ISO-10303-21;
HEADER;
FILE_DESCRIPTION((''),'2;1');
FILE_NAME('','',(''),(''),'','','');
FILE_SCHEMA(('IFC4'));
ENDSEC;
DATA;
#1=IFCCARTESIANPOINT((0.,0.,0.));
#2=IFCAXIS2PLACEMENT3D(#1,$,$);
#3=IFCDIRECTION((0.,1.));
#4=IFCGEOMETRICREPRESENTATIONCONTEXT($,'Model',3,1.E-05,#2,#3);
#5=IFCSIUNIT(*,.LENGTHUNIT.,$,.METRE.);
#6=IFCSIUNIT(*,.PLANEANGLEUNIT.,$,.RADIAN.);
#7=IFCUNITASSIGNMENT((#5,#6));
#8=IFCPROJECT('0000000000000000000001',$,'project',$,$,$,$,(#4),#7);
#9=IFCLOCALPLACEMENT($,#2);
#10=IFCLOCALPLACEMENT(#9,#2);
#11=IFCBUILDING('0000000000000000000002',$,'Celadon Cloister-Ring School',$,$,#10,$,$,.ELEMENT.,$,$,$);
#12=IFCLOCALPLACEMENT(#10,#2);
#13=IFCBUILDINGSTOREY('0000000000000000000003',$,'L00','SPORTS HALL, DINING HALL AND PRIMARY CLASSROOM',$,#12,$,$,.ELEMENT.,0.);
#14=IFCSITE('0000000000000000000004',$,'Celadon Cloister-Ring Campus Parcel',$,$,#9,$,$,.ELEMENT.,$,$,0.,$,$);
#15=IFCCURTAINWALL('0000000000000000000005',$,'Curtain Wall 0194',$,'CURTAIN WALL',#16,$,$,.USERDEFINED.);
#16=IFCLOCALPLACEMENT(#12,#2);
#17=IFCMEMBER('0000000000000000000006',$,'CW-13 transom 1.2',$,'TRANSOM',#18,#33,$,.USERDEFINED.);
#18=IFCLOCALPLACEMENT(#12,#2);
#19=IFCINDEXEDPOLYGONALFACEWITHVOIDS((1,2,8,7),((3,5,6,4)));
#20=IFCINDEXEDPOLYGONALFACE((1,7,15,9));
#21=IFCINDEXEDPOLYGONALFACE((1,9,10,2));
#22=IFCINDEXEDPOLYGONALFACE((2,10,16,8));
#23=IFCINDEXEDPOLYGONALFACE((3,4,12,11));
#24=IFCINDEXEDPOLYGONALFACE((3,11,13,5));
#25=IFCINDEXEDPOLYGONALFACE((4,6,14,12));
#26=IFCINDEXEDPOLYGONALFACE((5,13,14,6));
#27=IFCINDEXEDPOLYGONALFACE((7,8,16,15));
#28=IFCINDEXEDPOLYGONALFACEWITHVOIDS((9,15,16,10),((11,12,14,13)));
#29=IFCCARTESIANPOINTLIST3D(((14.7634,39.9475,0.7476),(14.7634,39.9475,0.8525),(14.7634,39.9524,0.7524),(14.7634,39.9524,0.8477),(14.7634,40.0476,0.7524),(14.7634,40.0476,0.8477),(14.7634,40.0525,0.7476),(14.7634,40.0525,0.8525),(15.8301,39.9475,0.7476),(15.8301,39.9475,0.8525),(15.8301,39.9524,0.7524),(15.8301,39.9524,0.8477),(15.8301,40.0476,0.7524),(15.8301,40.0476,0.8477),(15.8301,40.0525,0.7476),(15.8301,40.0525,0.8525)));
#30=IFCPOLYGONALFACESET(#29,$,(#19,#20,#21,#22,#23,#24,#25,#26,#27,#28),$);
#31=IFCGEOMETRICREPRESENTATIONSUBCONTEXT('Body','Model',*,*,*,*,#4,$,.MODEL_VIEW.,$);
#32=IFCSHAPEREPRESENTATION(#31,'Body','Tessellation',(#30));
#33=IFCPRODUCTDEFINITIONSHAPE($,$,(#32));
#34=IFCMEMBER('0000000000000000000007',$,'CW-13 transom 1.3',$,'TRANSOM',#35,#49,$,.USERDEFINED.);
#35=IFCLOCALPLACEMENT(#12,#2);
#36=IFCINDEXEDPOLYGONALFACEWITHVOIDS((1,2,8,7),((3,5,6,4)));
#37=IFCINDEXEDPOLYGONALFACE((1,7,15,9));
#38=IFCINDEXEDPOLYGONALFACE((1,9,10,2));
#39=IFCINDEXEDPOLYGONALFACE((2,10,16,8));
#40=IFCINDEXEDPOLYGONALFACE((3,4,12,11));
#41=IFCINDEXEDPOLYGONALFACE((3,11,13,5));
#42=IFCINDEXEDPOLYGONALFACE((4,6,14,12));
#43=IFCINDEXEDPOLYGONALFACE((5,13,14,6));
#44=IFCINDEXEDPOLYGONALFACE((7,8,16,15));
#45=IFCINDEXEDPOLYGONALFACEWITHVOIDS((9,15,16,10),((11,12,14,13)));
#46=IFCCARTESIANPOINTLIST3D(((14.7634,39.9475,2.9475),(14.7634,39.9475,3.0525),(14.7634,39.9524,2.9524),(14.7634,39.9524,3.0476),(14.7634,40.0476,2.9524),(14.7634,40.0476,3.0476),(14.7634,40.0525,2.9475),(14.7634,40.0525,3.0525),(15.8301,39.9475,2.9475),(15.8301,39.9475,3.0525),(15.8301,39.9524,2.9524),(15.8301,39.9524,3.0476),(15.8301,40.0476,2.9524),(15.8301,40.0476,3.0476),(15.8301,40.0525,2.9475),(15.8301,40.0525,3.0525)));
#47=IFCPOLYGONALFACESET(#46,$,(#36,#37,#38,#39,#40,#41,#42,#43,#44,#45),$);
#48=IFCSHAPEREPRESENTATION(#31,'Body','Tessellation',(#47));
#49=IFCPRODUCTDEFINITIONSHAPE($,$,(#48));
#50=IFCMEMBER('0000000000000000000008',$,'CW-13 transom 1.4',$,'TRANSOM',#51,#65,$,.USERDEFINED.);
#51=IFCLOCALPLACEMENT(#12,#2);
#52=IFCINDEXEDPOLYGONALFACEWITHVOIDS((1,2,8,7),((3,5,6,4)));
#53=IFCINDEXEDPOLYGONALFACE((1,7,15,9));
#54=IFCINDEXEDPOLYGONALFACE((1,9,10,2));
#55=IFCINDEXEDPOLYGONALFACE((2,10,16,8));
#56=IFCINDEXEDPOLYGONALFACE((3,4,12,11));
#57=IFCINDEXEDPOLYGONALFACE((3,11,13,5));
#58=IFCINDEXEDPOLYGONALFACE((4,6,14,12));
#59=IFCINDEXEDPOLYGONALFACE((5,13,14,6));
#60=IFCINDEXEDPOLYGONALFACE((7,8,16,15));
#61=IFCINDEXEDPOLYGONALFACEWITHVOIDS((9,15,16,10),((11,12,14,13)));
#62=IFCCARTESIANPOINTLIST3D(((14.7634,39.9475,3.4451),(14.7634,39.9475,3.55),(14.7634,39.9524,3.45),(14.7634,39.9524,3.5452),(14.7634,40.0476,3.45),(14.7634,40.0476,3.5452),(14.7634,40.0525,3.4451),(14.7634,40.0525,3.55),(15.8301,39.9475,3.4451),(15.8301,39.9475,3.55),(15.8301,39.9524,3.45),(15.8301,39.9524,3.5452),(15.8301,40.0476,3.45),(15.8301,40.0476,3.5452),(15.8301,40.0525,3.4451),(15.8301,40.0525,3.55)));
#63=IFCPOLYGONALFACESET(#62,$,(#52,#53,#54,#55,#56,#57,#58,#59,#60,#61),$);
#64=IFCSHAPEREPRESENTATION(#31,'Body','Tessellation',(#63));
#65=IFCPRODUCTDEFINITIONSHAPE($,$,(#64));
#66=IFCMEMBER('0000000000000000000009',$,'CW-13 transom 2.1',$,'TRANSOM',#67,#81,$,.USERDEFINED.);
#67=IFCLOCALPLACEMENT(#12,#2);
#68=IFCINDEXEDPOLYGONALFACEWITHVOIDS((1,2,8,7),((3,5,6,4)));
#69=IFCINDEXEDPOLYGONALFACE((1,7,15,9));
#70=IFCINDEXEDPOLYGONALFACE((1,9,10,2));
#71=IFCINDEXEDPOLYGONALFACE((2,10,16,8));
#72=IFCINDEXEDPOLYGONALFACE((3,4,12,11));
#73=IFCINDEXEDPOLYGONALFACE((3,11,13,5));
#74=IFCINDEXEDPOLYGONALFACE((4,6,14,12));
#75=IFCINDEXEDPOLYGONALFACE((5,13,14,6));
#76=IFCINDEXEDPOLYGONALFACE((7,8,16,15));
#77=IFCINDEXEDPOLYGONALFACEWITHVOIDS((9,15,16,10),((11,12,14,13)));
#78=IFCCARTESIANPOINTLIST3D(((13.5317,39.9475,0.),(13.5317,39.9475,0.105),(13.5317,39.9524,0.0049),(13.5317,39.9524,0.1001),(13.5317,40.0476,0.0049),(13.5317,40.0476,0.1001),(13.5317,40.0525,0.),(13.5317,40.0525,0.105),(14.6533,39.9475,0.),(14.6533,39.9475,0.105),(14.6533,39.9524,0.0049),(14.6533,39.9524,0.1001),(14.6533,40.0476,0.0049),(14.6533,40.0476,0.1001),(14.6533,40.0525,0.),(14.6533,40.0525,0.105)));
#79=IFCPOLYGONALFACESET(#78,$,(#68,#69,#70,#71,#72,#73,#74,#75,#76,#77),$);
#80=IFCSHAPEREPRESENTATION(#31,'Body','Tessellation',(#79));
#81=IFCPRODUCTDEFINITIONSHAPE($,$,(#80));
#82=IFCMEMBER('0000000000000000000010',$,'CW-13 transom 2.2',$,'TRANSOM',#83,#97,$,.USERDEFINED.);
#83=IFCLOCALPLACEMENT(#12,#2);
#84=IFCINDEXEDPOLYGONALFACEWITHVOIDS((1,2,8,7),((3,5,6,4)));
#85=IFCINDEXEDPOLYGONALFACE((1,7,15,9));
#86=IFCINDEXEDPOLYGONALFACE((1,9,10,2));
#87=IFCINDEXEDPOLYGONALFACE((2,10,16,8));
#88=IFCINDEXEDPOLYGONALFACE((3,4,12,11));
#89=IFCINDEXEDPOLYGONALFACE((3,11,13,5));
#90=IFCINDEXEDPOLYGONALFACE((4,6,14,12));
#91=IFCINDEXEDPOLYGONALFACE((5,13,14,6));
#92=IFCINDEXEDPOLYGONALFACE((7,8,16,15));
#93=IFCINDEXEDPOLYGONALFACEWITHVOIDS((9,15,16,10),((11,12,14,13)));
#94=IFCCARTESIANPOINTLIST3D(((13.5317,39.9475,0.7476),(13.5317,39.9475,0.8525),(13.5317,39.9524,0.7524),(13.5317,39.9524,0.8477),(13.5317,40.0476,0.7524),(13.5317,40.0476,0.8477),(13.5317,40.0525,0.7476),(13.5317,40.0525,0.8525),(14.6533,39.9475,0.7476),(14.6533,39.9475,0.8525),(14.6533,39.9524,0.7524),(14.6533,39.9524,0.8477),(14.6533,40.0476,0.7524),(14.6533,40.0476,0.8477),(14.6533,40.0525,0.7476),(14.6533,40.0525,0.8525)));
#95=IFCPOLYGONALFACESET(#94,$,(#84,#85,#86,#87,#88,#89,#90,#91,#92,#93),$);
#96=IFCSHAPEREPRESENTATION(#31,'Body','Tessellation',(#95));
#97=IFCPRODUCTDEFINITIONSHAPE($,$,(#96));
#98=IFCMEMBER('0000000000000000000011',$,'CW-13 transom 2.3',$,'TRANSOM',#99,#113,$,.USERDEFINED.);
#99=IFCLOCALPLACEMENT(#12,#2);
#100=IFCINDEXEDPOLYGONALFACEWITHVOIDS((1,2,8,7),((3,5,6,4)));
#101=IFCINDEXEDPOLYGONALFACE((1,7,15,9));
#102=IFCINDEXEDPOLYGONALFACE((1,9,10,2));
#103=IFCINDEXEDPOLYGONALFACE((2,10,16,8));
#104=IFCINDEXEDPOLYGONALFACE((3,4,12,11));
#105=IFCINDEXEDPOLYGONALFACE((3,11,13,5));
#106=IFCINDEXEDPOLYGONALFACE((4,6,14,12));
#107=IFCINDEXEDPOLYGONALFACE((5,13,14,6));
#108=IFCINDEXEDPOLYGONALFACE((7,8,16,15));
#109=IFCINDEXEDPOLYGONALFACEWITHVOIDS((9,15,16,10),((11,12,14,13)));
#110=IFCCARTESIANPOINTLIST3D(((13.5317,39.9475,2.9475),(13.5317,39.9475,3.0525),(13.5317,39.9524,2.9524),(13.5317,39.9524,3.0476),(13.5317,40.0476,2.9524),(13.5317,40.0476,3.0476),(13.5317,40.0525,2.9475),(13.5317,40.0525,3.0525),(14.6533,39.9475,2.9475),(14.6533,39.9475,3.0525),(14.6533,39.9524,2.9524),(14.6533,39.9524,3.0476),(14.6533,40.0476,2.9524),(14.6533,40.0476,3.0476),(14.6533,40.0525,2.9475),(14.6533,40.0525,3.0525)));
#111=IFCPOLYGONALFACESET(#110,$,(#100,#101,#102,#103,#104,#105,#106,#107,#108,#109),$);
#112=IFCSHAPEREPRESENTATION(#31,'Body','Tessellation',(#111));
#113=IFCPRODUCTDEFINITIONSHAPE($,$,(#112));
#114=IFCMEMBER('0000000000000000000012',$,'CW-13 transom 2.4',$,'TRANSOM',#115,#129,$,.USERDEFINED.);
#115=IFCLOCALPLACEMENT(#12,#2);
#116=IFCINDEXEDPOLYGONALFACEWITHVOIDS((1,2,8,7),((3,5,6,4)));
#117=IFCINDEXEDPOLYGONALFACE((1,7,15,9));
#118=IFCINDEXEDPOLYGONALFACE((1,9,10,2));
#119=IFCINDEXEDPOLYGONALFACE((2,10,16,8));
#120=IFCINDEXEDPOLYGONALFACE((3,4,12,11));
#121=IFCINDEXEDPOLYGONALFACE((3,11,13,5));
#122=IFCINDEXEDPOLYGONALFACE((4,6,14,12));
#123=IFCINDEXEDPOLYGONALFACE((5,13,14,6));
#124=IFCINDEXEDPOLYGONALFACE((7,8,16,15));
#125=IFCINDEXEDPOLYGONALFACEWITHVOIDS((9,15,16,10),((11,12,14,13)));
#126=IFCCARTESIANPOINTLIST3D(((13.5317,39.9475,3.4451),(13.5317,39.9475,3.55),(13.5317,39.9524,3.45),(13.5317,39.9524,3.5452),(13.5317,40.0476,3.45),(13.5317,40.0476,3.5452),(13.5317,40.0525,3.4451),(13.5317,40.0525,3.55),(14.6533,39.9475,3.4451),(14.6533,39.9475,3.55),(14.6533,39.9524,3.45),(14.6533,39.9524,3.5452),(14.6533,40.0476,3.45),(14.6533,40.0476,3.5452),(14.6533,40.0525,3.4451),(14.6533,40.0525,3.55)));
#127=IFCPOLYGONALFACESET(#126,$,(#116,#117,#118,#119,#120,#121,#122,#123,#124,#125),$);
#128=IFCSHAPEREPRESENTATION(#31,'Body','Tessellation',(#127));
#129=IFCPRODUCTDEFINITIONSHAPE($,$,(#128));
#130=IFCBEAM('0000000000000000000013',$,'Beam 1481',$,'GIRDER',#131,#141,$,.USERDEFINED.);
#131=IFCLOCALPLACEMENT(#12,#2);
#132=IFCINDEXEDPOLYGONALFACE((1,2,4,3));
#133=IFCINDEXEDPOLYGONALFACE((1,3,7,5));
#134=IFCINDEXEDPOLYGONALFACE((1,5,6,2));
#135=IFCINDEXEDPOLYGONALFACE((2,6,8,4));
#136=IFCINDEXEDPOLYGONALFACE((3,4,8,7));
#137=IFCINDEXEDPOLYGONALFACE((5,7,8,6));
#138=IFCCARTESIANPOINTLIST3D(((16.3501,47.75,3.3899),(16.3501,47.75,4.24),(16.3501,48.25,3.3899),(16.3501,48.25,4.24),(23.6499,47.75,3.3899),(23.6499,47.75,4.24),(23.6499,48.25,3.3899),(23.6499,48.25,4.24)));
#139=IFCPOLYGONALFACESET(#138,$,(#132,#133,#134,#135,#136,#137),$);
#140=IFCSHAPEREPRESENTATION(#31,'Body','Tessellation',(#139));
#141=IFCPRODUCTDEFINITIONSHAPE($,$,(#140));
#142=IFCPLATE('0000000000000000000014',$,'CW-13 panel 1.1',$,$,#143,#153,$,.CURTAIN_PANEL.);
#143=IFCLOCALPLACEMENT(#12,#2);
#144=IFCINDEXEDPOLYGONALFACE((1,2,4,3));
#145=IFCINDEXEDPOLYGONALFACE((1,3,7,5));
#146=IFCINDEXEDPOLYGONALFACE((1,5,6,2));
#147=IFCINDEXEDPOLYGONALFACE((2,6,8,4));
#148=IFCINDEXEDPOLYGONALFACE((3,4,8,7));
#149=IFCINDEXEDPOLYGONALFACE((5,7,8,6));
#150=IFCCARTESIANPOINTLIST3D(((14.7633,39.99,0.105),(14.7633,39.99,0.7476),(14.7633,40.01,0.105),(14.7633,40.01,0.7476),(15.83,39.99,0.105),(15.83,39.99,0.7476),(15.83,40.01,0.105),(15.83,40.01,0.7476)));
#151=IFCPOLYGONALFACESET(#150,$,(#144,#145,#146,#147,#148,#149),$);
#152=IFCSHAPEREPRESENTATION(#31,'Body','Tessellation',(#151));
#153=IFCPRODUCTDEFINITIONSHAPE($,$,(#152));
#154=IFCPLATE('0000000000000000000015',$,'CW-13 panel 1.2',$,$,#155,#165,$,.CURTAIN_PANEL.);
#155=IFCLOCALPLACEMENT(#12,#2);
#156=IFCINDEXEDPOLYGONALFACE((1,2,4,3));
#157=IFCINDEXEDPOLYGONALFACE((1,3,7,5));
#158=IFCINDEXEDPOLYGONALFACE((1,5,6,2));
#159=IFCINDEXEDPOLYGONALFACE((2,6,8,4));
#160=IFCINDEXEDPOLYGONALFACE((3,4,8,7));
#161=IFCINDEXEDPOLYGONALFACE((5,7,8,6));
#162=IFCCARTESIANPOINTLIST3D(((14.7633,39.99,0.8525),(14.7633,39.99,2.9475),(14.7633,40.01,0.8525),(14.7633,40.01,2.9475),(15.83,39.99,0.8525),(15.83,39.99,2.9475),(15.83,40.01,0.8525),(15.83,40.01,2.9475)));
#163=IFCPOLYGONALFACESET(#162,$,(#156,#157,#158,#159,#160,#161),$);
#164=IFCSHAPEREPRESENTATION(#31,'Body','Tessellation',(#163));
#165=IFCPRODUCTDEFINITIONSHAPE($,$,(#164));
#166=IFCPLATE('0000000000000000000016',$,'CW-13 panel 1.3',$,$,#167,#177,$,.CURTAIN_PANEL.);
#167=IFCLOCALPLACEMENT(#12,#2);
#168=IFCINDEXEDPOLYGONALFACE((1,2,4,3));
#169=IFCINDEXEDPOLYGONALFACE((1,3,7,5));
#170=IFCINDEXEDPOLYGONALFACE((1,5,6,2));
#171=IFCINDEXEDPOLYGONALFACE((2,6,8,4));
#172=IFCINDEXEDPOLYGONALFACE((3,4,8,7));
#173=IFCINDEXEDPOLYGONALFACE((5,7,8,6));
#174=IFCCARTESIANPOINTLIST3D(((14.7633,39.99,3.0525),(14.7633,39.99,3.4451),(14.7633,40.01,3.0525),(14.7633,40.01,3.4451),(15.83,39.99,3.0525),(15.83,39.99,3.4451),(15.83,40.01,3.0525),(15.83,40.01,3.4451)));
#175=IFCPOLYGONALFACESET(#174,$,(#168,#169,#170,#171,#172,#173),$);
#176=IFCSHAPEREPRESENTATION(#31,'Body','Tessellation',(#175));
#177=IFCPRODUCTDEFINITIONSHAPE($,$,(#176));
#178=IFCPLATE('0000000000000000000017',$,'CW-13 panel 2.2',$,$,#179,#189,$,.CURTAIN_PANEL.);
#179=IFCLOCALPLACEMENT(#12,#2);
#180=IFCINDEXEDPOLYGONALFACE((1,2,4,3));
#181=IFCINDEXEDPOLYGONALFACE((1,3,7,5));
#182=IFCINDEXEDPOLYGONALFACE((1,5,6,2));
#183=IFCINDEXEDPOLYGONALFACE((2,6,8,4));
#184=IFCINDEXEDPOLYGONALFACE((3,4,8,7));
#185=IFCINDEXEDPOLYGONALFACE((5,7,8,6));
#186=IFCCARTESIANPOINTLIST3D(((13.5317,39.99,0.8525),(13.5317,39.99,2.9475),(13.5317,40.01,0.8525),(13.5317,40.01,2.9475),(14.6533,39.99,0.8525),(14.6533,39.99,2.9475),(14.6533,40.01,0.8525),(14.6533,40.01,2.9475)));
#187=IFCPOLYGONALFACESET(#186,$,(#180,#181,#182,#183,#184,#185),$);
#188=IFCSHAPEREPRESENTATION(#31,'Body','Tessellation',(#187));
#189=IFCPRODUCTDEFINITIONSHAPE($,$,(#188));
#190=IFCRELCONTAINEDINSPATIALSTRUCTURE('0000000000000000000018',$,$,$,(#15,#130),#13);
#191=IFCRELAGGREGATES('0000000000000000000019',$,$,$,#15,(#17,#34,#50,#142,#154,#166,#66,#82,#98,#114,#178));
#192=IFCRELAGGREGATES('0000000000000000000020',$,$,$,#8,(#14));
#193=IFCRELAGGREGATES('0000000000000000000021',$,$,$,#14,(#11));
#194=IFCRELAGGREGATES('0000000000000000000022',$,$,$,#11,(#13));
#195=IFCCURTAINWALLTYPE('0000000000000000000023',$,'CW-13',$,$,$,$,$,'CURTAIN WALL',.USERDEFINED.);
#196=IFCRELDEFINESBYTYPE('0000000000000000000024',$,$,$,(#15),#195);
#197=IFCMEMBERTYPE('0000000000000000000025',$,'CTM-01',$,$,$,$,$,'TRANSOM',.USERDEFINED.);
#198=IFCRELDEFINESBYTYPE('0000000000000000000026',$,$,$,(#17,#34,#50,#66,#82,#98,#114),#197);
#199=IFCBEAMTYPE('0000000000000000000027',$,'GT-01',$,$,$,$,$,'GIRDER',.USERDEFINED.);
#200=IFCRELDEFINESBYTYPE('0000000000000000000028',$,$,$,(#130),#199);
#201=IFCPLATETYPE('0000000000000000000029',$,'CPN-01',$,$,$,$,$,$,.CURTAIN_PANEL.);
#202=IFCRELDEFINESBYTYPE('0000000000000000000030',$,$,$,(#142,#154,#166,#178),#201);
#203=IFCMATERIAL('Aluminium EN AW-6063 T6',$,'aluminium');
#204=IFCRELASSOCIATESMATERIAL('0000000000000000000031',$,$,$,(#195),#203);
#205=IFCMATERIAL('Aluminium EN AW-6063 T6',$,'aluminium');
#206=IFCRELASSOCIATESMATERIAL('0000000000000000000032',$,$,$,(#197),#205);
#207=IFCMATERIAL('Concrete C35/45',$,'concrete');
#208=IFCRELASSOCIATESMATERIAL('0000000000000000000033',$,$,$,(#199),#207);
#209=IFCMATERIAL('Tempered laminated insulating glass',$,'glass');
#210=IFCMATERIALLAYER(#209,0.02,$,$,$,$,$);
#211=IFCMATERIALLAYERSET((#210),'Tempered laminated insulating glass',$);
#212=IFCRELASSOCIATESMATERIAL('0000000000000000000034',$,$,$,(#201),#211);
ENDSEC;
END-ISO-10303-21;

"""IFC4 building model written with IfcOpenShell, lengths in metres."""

from ifc_helpers import new_model, si_unit, direction, frame, origin, origin_2d, place, context, subcontext, project, spatial, rectangle, hollow_rectangle, extrude, material, layer, layer_set, material_profile, profile_set, type_object, element, aggregate, save


model = new_model("IFC4")

# Units and contexts
model_context = context("Model", 3, precision=1e-05, world=origin(), true_north=direction((0.0, 1.0)))
body_context = subcontext(model_context, "Body", "Model", "MODEL_VIEW")
ifc_project = project(units=[si_unit("LENGTHUNIT", "METRE"), si_unit("PLANEANGLEUNIT", "RADIAN")], contexts=[model_context])

# Site, building, storey
site_placement = place(None, origin())
site = spatial("IfcSite", under=ifc_project, at=site_placement, Name="Celadon Cloister-Ring Campus Parcel", CompositionType="ELEMENT", RefElevation=0.0)
building_placement = place(site_placement, origin())
building = spatial("IfcBuilding", under=site, at=building_placement, Name="Celadon Cloister-Ring School", CompositionType="ELEMENT")
storey_placement = place(building_placement, origin())
storey = spatial("IfcBuildingStorey", under=building, at=storey_placement, Name="L00", Description="SPORTS HALL, DINING HALL AND PRIMARY CLASSROOM", CompositionType="ELEMENT", Elevation=0.0)

# Curtain wall, members
ifc_material_1 = material(Name="Aluminium EN AW-6063 T6", Category="aluminium")
curtain_wall_type = type_object("IfcCurtainWallType", Name="CW-13", ElementType="CURTAIN WALL", PredefinedType="USERDEFINED", material=ifc_material_1)
curtain_wall_placement = place(storey_placement, origin())
curtain_wall = element("IfcCurtainWall", 1, at=curtain_wall_placement, inside=storey, type_object=curtain_wall_type, Name="Curtain Wall 0194", ObjectType="CURTAIN WALL", PredefinedType="USERDEFINED")
ifc_material_2 = material(Name="Aluminium EN AW-6063 T6", Category="aluminium")
ifc_material_profile_1 = material_profile(ifc_material_2, hollow_rectangle(XDim=0.105, YDim=0.105, WallThickness=0.0049, at=origin_2d()), Name="RHS105X105X5")
ifc_profile_set_1 = profile_set([ifc_material_profile_1], Name="Aluminium EN AW-6063 T6")
member_type_1 = type_object("IfcMemberType", Name="CTM-01", ElementType="TRANSOM", PredefinedType="USERDEFINED", material=ifc_profile_set_1)
member_1_placement = place(storey_placement, frame((15.8301, 40.0, 0.8), z_axis=(-1.0, 0.0, 0.0), x_axis=(0.0, -1.0, 0.0)))
member_1 = element("IfcMember", 2, at=member_1_placement, type_object=member_type_1, Name="CW-13 transom 1.2", ObjectType="TRANSOM", PredefinedType="USERDEFINED", context=body_context, shape_type="SweptSolid", body=[
    extrude(hollow_rectangle(XDim=0.105, YDim=0.105, WallThickness=0.0049, at=origin_2d()), origin(), (0.0, 0.0, 1.0), 1.0667),
])
member_2_placement = place(storey_placement, frame((15.8301, 40.0, 3.0), z_axis=(-1.0, 0.0, 0.0), x_axis=(0.0, -1.0, 0.0)))
member_2 = element("IfcMember", 3, at=member_2_placement, type_object=member_type_1, Name="CW-13 transom 1.3", ObjectType="TRANSOM", PredefinedType="USERDEFINED", context=body_context, shape_type="SweptSolid", body=[
    extrude(hollow_rectangle(XDim=0.105, YDim=0.105, WallThickness=0.0049, at=origin_2d()), origin(), (0.0, 0.0, 1.0), 1.0667),
])
member_3_placement = place(storey_placement, frame((15.8301, 40.0, 3.4976), z_axis=(-1.0, 0.0, 0.0), x_axis=(0.0, -1.0, 0.0)))
member_3 = element("IfcMember", 4, at=member_3_placement, type_object=member_type_1, Name="CW-13 transom 1.4", ObjectType="TRANSOM", PredefinedType="USERDEFINED", context=body_context, shape_type="SweptSolid", body=[
    extrude(hollow_rectangle(XDim=0.105, YDim=0.105, WallThickness=0.0049, at=origin_2d()), origin(), (0.0, 0.0, 1.0), 1.0667),
])
member_4_placement = place(storey_placement, frame((14.6533, 40.0, 0.0525), z_axis=(-1.0, 0.0, 0.0), x_axis=(0.0, -1.0, 0.0)))
member_4 = element("IfcMember", 5, at=member_4_placement, type_object=member_type_1, Name="CW-13 transom 2.1", ObjectType="TRANSOM", PredefinedType="USERDEFINED", context=body_context, shape_type="SweptSolid", body=[
    extrude(hollow_rectangle(XDim=0.105, YDim=0.105, WallThickness=0.0049, at=origin_2d()), origin(), (0.0, 0.0, 1.0), 1.1216),
])
member_5_placement = place(storey_placement, frame((14.6533, 40.0, 0.8), z_axis=(-1.0, 0.0, 0.0), x_axis=(0.0, -1.0, 0.0)))
member_5 = element("IfcMember", 6, at=member_5_placement, type_object=member_type_1, Name="CW-13 transom 2.2", ObjectType="TRANSOM", PredefinedType="USERDEFINED", context=body_context, shape_type="SweptSolid", body=[
    extrude(hollow_rectangle(XDim=0.105, YDim=0.105, WallThickness=0.0049, at=origin_2d()), origin(), (0.0, 0.0, 1.0), 1.1216),
])
member_6_placement = place(storey_placement, frame((14.6533, 40.0, 3.0), z_axis=(-1.0, 0.0, 0.0), x_axis=(0.0, -1.0, 0.0)))
member_6 = element("IfcMember", 7, at=member_6_placement, type_object=member_type_1, Name="CW-13 transom 2.3", ObjectType="TRANSOM", PredefinedType="USERDEFINED", context=body_context, shape_type="SweptSolid", body=[
    extrude(hollow_rectangle(XDim=0.105, YDim=0.105, WallThickness=0.0049, at=origin_2d()), origin(), (0.0, 0.0, 1.0), 1.1216),
])
member_7_placement = place(storey_placement, frame((14.6533, 40.0, 3.4976), z_axis=(-1.0, 0.0, 0.0), x_axis=(0.0, -1.0, 0.0)))
member_7 = element("IfcMember", 8, at=member_7_placement, type_object=member_type_1, Name="CW-13 transom 2.4", ObjectType="TRANSOM", PredefinedType="USERDEFINED", context=body_context, shape_type="SweptSolid", body=[
    extrude(hollow_rectangle(XDim=0.105, YDim=0.105, WallThickness=0.0049, at=origin_2d()), origin(), (0.0, 0.0, 1.0), 1.1216),
])

# Beam
ifc_material_3 = material(Name="Concrete C35/45", Category="concrete")
ifc_material_profile_2 = material_profile(ifc_material_3, rectangle(XDim=0.5, YDim=0.8501, at=origin_2d()), Name="RC500X850")
ifc_profile_set_2 = profile_set([ifc_material_profile_2], Name="Concrete C35/45")
beam_type = type_object("IfcBeamType", Name="GT-01", ElementType="GIRDER", PredefinedType="USERDEFINED", material=ifc_profile_set_2)
beam_placement = place(storey_placement, frame((16.3501, 48.0, 3.8149), z_axis=(1.0, 0.0, 0.0), x_axis=(0.0, 1.0, 0.0)))
element("IfcBeam", 9, at=beam_placement, inside=storey, type_object=beam_type, Name="Beam 1481", ObjectType="GIRDER", PredefinedType="USERDEFINED", context=body_context, shape_type="SweptSolid", body=[
    extrude(rectangle(XDim=0.5, YDim=0.8501, at=origin_2d()), origin(), (0.0, 0.0, 1.0), 7.2998),
])

# Plates
ifc_material_4 = material(Name="Tempered laminated insulating glass", Category="glass")
ifc_layer_1 = layer(ifc_material_4, 0.02)
ifc_layer_set_1 = layer_set([ifc_layer_1], Name="Tempered laminated insulating glass")
plate_type = type_object("IfcPlateType", Name="CPN-01", PredefinedType="CURTAIN_PANEL", material=ifc_layer_set_1)
plate_1_placement = place(storey_placement, frame((15.2966, 40.0, 0.105), z_axis=(0.0, 0.0, 1.0), x_axis=(-1.0, 0.0, 0.0)))
plate_1 = element("IfcPlate", 10, at=plate_1_placement, type_object=plate_type, Name="CW-13 panel 1.1", PredefinedType="CURTAIN_PANEL", context=body_context, shape_type="SweptSolid", body=[
    extrude(rectangle(XDim=1.0667, YDim=0.02, at=origin_2d()), origin(), (0.0, 0.0, 1.0), 0.6426),
])
plate_2_placement = place(storey_placement, frame((15.2966, 40.0, 0.8525), z_axis=(0.0, 0.0, 1.0), x_axis=(-1.0, 0.0, 0.0)))
plate_2 = element("IfcPlate", 11, at=plate_2_placement, type_object=plate_type, Name="CW-13 panel 1.2", PredefinedType="CURTAIN_PANEL", context=body_context, shape_type="SweptSolid", body=[
    extrude(rectangle(XDim=1.0667, YDim=0.02, at=origin_2d()), origin(), (0.0, 0.0, 1.0), 2.095),
])
plate_3_placement = place(storey_placement, frame((15.2966, 40.0, 3.0525), z_axis=(0.0, 0.0, 1.0), x_axis=(-1.0, 0.0, 0.0)))
plate_3 = element("IfcPlate", 12, at=plate_3_placement, type_object=plate_type, Name="CW-13 panel 1.3", PredefinedType="CURTAIN_PANEL", context=body_context, shape_type="SweptSolid", body=[
    extrude(rectangle(XDim=1.0667, YDim=0.02, at=origin_2d()), origin(), (0.0, 0.0, 1.0), 0.3926),
])
plate_4_placement = place(storey_placement, frame((14.0925, 40.0, 0.8525), z_axis=(0.0, 0.0, 1.0), x_axis=(-1.0, 0.0, 0.0)))
plate_4 = element("IfcPlate", 13, at=plate_4_placement, type_object=plate_type, Name="CW-13 panel 2.2", PredefinedType="CURTAIN_PANEL", context=body_context, shape_type="SweptSolid", body=[
    extrude(rectangle(XDim=1.1216, YDim=0.02, at=origin_2d()), origin(), (0.0, 0.0, 1.0), 2.095),
])
aggregate(curtain_wall, [member_1, member_2, member_3, plate_1, plate_2, plate_3, member_4, member_5, member_6, member_7, plate_4])

save(model, "model.ifc")
